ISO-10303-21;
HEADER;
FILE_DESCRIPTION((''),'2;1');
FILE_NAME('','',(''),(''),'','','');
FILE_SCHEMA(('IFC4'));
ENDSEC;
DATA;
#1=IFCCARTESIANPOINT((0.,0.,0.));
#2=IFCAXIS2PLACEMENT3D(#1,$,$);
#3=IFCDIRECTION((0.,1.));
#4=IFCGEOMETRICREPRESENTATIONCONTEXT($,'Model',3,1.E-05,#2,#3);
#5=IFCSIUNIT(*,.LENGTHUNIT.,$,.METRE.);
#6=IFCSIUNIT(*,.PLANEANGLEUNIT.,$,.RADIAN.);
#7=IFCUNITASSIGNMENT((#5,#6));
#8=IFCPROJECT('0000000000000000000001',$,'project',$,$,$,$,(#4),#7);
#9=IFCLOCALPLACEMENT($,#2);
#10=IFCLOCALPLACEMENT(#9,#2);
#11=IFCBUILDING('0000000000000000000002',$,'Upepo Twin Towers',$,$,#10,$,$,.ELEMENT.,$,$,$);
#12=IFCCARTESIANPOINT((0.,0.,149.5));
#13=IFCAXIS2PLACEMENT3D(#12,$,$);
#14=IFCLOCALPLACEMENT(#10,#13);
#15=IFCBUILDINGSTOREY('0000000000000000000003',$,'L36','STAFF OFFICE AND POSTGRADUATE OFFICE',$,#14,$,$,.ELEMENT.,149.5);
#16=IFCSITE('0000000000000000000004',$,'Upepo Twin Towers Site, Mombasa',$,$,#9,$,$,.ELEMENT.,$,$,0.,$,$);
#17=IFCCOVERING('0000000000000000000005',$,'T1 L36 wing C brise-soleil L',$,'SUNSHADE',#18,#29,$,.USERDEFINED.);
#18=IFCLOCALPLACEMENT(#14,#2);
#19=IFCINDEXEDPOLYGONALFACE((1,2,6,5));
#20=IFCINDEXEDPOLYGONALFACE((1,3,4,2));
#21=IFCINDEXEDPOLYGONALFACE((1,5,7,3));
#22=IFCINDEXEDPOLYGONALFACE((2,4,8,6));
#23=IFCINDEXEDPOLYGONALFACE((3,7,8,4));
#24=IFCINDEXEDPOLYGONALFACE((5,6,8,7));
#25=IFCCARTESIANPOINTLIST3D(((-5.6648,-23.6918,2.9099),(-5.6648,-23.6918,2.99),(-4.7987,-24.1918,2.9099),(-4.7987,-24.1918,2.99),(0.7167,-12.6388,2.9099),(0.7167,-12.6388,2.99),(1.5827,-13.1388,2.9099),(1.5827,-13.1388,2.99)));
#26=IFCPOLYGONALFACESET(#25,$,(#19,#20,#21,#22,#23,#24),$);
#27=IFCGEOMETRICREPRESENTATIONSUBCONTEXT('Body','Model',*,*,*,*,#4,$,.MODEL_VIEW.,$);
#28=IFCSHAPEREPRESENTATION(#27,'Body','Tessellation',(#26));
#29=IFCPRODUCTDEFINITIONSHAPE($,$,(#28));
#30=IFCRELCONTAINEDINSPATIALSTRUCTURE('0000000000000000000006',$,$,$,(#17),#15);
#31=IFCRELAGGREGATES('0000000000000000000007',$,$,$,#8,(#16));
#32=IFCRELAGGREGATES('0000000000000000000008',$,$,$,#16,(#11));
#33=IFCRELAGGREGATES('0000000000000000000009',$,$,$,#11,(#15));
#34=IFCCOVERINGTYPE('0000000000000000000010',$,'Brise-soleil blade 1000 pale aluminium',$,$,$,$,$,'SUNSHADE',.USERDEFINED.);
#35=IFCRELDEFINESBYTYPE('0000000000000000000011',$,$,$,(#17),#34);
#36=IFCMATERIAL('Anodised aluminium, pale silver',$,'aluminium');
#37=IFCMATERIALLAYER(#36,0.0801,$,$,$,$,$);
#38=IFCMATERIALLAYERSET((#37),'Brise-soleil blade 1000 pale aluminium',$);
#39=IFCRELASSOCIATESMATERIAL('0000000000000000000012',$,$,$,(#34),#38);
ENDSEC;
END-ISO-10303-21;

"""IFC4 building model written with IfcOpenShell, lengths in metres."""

from ifc_helpers import new_model, si_unit, direction, frame, origin, origin_2d, place, context, subcontext, project, spatial, rectangle, extrude, material, layer, layer_set, type_object, element, save


model = new_model("IFC4")

# Units and contexts
model_context = context("Model", 3, precision=1e-05, world=origin(), true_north=direction((0.0, 1.0)))
body_context = subcontext(model_context, "Body", "Model", "MODEL_VIEW")
ifc_project = project(units=[si_unit("LENGTHUNIT", "METRE"), si_unit("PLANEANGLEUNIT", "RADIAN")], contexts=[model_context])

# Site, building, storey
site_placement = place(None, origin())
site = spatial("IfcSite", under=ifc_project, at=site_placement, Name="Upepo Twin Towers Site, Mombasa", CompositionType="ELEMENT", RefElevation=0.0)
building_placement = place(site_placement, origin())
building = spatial("IfcBuilding", under=site, at=building_placement, Name="Upepo Twin Towers", CompositionType="ELEMENT")
storey_placement = place(building_placement, frame((0.0, 0.0, 149.5)))
storey = spatial("IfcBuildingStorey", under=building, at=storey_placement, Name="L36", Description="STAFF OFFICE AND POSTGRADUATE OFFICE", CompositionType="ELEMENT", Elevation=149.5)

# Covering
ifc_material_1 = material(Name="Anodised aluminium, pale silver", Category="aluminium")
ifc_layer_1 = layer(ifc_material_1, 0.0801)
ifc_layer_set_1 = layer_set([ifc_layer_1], Name="Brise-soleil blade 1000 pale aluminium")
covering_type = type_object("IfcCoveringType", Name="Brise-soleil blade 1000 pale aluminium", ElementType="SUNSHADE", PredefinedType="USERDEFINED", material=ifc_layer_set_1)
covering_placement = place(storey_placement, frame((-2.041, -18.4153, 2.9099), z_axis=(0.0, 0.0, 1.0), x_axis=(-0.5, -0.866025, 0.0)))
element("IfcCovering", 1, at=covering_placement, inside=storey, type_object=covering_type, Name="T1 L36 wing C brise-soleil L", ObjectType="SUNSHADE", PredefinedType="USERDEFINED", context=body_context, shape_type="SweptSolid", body=[
    extrude(rectangle(XDim=12.7629, YDim=1.0, at=origin_2d()), origin(), (0.0, 0.0, 1.0), 0.0801),
])

save(model, "model.ifc")
